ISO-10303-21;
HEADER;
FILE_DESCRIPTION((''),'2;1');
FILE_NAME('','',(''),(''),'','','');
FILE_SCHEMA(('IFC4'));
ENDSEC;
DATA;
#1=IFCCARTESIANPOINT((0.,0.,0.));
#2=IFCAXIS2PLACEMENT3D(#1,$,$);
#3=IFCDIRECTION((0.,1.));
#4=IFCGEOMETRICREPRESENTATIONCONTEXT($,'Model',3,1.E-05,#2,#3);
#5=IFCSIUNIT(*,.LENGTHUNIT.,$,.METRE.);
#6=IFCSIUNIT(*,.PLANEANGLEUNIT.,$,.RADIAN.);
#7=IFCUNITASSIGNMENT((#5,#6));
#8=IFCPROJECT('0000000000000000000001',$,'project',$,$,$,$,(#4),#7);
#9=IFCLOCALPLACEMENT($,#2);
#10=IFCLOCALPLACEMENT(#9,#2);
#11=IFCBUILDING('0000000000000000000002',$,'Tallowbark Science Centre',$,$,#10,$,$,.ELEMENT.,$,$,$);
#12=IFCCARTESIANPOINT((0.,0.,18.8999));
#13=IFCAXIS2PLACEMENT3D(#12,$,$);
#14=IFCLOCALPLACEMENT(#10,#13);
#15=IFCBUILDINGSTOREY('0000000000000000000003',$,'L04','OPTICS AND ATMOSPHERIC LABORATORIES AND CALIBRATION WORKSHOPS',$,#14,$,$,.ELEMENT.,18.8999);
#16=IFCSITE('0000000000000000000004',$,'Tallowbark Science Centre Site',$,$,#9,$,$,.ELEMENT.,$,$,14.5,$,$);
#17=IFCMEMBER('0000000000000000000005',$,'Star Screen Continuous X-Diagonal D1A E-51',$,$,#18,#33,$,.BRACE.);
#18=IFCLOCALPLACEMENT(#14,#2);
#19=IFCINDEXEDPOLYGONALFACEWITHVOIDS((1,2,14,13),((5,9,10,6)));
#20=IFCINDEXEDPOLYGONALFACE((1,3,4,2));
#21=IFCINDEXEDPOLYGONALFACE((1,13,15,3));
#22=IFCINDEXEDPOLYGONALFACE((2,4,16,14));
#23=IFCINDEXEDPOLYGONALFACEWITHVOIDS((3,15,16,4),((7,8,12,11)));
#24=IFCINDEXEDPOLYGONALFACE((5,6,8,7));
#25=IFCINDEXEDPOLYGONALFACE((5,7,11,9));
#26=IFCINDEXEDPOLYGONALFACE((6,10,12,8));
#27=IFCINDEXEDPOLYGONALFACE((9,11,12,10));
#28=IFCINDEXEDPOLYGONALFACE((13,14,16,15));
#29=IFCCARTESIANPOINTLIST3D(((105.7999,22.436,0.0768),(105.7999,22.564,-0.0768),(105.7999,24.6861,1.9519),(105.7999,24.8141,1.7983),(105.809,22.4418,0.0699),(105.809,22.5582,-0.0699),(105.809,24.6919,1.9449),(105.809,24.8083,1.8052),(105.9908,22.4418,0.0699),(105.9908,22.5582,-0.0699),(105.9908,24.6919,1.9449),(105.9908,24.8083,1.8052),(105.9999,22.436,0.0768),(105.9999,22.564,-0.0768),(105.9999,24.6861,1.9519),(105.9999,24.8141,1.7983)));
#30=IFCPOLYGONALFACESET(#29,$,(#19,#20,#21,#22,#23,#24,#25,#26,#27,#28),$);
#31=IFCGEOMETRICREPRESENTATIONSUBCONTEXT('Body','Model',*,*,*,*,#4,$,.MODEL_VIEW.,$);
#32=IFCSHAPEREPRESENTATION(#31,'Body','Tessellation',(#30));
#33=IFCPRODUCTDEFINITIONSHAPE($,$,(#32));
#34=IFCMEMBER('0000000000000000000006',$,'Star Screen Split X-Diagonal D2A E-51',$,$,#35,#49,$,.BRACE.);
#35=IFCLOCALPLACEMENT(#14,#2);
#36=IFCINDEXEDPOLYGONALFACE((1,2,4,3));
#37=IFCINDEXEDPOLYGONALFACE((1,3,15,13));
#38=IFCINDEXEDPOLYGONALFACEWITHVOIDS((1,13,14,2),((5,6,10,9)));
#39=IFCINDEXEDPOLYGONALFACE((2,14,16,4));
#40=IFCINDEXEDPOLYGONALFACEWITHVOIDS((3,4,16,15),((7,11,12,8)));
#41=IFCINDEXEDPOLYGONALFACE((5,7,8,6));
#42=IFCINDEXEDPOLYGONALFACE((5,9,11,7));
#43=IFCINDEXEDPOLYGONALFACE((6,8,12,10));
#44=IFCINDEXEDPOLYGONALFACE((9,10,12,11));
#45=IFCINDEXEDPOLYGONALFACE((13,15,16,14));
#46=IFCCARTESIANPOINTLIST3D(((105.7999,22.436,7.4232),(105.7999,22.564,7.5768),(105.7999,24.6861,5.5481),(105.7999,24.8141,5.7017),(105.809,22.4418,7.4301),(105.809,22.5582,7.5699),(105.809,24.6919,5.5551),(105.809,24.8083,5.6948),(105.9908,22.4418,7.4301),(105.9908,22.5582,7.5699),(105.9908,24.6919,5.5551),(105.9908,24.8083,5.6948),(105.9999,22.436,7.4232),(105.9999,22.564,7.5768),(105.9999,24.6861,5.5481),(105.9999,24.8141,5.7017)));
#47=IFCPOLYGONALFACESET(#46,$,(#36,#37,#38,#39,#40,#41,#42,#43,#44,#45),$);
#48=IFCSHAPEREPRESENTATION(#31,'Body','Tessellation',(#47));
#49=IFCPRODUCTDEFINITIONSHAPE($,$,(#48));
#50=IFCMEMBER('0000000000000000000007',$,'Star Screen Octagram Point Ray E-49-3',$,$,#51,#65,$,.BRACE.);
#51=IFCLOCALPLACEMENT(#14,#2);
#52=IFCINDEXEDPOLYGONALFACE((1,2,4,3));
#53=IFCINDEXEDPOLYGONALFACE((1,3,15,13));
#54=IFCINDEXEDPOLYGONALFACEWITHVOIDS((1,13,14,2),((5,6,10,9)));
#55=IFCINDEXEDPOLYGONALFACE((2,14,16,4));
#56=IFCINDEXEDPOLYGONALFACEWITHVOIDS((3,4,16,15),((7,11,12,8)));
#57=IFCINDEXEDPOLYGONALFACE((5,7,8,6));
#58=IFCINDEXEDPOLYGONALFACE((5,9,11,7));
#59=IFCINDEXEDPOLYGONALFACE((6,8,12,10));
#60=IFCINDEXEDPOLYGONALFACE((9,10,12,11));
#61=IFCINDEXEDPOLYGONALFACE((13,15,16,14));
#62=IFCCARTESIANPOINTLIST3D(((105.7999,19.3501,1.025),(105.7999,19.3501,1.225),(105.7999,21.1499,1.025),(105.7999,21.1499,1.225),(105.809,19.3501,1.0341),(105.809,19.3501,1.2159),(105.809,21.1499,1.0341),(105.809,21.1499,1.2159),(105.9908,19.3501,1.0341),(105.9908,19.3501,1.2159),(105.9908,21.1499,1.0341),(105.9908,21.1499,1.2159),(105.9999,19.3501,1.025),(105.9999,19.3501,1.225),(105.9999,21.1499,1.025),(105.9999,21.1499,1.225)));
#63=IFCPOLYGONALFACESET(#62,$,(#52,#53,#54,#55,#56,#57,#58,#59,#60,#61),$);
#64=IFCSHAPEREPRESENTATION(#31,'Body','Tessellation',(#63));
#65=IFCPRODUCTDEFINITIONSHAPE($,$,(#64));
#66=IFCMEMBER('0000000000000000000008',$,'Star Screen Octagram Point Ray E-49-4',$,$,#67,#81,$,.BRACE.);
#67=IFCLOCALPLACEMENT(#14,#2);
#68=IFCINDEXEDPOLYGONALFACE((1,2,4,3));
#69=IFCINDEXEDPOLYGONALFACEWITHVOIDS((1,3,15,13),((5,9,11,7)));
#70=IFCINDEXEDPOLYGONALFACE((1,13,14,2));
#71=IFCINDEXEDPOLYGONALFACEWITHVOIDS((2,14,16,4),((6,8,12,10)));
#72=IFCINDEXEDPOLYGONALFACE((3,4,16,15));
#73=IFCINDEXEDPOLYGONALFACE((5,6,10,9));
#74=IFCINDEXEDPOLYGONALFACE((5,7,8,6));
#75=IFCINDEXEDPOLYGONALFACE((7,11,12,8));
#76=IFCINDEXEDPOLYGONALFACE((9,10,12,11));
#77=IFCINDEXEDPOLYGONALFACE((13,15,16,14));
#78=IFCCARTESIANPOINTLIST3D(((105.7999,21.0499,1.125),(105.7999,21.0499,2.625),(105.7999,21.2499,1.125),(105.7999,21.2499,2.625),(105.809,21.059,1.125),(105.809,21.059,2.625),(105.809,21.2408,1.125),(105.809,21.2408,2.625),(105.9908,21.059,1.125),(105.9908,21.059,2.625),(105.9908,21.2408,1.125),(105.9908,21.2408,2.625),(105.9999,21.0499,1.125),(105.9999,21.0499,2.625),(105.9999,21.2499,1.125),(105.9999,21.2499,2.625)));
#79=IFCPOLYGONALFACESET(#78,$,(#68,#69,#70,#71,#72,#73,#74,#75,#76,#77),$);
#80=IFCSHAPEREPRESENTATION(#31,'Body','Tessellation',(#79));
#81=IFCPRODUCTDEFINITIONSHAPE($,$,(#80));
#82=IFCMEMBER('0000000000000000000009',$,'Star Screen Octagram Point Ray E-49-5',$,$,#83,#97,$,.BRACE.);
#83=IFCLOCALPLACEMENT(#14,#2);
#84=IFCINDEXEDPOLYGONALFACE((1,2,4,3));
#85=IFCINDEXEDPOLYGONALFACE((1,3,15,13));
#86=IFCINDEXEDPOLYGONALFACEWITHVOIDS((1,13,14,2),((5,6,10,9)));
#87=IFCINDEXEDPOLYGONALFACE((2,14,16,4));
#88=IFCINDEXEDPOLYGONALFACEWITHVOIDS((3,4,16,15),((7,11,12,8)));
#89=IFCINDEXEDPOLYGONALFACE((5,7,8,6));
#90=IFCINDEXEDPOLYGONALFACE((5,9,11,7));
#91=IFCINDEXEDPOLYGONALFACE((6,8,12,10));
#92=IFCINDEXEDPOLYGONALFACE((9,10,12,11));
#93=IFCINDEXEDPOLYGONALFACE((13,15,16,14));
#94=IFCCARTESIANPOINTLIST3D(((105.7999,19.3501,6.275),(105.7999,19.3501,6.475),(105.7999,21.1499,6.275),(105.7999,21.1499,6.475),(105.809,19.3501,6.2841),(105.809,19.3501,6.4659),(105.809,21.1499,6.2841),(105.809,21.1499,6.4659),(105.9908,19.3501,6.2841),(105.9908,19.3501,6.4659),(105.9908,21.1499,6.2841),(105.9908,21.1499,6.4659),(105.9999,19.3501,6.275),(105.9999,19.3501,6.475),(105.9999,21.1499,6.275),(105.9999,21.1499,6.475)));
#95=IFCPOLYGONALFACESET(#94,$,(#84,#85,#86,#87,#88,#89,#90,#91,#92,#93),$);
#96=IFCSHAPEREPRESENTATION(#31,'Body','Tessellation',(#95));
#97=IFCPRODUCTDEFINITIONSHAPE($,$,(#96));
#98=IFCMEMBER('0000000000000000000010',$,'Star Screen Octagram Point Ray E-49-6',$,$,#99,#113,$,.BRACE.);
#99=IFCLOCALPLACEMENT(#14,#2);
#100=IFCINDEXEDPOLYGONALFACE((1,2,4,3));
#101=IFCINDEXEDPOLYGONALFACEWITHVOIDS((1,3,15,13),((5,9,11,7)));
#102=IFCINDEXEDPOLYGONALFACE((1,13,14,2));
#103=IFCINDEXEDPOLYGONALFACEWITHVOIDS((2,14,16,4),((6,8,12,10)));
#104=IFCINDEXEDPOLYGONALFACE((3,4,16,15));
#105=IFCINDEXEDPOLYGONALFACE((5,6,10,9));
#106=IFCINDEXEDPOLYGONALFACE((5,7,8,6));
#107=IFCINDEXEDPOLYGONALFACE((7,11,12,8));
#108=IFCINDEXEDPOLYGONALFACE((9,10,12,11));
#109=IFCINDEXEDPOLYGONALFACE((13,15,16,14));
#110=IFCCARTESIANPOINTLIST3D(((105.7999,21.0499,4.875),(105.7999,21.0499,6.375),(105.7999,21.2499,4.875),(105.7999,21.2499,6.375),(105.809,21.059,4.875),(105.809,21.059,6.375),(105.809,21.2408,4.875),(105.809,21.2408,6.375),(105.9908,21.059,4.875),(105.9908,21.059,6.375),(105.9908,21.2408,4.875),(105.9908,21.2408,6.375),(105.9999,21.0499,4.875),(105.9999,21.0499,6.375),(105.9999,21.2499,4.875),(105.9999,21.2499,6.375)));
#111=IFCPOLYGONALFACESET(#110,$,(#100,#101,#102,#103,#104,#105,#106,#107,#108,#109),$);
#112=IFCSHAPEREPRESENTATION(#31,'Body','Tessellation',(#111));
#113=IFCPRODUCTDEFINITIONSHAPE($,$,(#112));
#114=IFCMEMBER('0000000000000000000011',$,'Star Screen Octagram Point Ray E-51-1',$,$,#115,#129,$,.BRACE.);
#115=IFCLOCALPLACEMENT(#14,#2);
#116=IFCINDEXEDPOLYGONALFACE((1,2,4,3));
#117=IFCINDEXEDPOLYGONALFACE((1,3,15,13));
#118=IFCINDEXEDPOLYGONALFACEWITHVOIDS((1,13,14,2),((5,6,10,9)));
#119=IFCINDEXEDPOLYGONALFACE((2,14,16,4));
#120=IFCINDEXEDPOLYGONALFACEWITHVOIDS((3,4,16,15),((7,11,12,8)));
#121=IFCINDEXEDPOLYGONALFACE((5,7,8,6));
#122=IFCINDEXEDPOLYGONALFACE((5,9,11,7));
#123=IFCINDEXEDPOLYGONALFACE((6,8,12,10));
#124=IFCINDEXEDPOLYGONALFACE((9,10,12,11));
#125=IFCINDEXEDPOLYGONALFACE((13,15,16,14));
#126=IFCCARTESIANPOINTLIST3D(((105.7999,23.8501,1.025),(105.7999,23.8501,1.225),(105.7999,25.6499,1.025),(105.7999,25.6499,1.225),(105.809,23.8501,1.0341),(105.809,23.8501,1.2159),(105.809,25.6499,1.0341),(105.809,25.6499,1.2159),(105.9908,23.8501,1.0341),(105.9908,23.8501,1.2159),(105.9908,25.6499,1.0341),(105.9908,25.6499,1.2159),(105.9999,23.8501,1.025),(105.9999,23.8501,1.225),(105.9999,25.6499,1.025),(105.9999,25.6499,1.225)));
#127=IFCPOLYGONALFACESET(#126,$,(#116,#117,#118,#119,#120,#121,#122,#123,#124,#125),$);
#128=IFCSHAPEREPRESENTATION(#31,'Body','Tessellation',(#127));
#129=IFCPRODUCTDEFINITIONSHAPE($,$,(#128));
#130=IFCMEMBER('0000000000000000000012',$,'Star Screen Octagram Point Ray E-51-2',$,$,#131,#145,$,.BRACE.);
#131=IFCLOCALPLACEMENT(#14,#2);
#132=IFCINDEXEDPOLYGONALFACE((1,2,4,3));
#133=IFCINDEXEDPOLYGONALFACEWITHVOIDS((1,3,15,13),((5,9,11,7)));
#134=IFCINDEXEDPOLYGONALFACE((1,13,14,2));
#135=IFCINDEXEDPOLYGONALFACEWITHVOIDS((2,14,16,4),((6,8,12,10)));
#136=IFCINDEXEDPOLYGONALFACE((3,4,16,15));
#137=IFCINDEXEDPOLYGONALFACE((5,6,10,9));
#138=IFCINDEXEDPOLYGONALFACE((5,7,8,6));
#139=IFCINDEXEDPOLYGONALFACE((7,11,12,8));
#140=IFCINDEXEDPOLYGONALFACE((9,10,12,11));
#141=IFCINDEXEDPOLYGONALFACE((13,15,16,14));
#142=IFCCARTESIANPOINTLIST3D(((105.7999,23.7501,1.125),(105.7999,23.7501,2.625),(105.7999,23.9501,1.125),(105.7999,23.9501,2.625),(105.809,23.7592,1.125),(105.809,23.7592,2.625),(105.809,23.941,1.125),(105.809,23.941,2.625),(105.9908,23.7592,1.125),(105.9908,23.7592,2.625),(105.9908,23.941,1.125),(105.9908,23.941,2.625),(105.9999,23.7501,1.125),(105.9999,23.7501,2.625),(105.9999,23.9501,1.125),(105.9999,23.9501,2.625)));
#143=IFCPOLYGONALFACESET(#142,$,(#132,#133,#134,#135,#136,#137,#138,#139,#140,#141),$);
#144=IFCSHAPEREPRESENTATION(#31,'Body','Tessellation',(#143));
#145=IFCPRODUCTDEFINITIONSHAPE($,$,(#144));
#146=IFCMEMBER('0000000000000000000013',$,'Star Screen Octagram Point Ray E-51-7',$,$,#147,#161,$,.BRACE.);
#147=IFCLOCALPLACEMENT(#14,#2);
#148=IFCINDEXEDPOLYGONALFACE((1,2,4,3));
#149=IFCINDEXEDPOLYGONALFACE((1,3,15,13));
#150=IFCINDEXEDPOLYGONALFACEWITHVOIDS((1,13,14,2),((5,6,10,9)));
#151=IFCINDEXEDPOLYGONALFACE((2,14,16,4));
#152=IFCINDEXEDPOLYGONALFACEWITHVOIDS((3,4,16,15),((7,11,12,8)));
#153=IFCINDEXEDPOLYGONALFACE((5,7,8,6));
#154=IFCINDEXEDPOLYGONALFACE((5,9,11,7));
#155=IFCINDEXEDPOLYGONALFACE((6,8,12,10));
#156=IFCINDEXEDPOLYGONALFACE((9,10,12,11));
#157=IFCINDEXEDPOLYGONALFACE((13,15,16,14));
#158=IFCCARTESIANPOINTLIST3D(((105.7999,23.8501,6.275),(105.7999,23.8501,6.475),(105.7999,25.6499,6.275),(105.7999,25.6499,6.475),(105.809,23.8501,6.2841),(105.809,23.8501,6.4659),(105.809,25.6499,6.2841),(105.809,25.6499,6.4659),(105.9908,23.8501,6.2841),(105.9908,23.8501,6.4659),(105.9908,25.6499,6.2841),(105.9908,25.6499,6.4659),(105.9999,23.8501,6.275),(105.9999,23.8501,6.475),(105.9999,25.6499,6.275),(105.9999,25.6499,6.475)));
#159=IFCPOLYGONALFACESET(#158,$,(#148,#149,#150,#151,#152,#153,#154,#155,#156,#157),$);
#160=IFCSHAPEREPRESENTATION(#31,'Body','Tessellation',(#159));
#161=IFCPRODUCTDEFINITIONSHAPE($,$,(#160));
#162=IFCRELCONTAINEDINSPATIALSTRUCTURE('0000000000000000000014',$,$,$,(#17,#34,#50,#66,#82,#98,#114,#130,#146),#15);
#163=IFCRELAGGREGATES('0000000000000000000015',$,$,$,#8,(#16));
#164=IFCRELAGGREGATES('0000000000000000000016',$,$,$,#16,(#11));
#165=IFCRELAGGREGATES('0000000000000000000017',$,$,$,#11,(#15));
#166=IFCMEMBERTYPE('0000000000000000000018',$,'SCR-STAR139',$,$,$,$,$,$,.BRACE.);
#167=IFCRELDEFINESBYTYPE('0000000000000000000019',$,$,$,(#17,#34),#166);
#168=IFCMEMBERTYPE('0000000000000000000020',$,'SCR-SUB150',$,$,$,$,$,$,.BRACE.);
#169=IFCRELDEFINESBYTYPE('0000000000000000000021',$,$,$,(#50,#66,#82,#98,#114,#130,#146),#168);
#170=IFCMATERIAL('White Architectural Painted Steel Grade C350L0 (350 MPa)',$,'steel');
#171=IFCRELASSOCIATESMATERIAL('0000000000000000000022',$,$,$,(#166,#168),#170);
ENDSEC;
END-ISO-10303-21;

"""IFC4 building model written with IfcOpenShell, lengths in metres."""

from ifc_helpers import new_model, si_unit, direction, frame, origin, origin_2d, place, context, subcontext, project, spatial, hollow_rectangle, extrude, material, material_profile, profile_set, type_object, element, save


model = new_model("IFC4")

# Units and contexts
model_context = context("Model", 3, precision=1e-05, world=origin(), true_north=direction((0.0, 1.0)))
body_context = subcontext(model_context, "Body", "Model", "MODEL_VIEW")
ifc_project = project(units=[si_unit("LENGTHUNIT", "METRE"), si_unit("PLANEANGLEUNIT", "RADIAN")], contexts=[model_context])

# Site, building, storey
site_placement = place(None, origin())
site = spatial("IfcSite", under=ifc_project, at=site_placement, Name="Tallowbark Science Centre Site", CompositionType="ELEMENT", RefElevation=14.5)
building_placement = place(site_placement, origin())
building = spatial("IfcBuilding", under=site, at=building_placement, Name="Tallowbark Science Centre", CompositionType="ELEMENT")
storey_placement = place(building_placement, frame((0.0, 0.0, 18.8999)))
storey = spatial("IfcBuildingStorey", under=building, at=storey_placement, Name="L04", Description="OPTICS AND ATMOSPHERIC LABORATORIES AND CALIBRATION WORKSHOPS", CompositionType="ELEMENT", Elevation=18.8999)

# Shared definitions
ifc_material_1 = material(Name="White Architectural Painted Steel Grade C350L0 (350 MPa)", Category="steel")

# Members
ifc_material_profile_1 = material_profile(ifc_material_1, hollow_rectangle(XDim=0.2, YDim=0.2, WallThickness=0.009, at=origin_2d()), Name="200x200x9.0SHS")
ifc_profile_set_1 = profile_set([ifc_material_profile_1], Name="White Architectural Painted Steel Grade C350L0 (350 MPa)")
member_type_1 = type_object("IfcMemberType", Name="SCR-STAR139", PredefinedType="BRACE", material=ifc_profile_set_1)
for number, where, z_axis, x_axis, name in (
    (1, (105.8999, 22.5, 0.0), (0.0, 0.768221, 0.640184), (-1.0, 0.0, 0.0), "Star Screen Continuous X-Diagonal D1A E-51"),
    (2, (105.8999, 22.5, 7.5), (0.0, 0.768221, -0.640184), (-1.0, 0.0, 0.0), "Star Screen Split X-Diagonal D2A E-51"),
):
    element("IfcMember", number, at=place(storey_placement, frame(where, z_axis=z_axis, x_axis=x_axis)), inside=storey, type_object=member_type_1, Name=name, PredefinedType="BRACE", context=body_context, shape_type="SweptSolid", body=[
        extrude(hollow_rectangle(XDim=0.2, YDim=0.2, WallThickness=0.009, at=origin_2d()), origin(), (0.0, 0.0, 1.0), 2.929),
    ])
ifc_material_profile_2 = material_profile(ifc_material_1, hollow_rectangle(XDim=0.2, YDim=0.2, WallThickness=0.009, at=origin_2d()), Name="200x200x9.0SHS")
ifc_profile_set_2 = profile_set([ifc_material_profile_2], Name="White Architectural Painted Steel Grade C350L0 (350 MPa)")
member_type_2 = type_object("IfcMemberType", Name="SCR-SUB150", PredefinedType="BRACE", material=ifc_profile_set_2)
member_1_placement = place(storey_placement, frame((105.8999, 21.1499, 1.125), z_axis=(0.0, -1.0, 0.0), x_axis=(1.0, 0.0, 0.0)))
element("IfcMember", 3, at=member_1_placement, inside=storey, type_object=member_type_2, Name="Star Screen Octagram Point Ray E-49-3", PredefinedType="BRACE", context=body_context, shape_type="SweptSolid", body=[
    extrude(hollow_rectangle(XDim=0.2, YDim=0.2, WallThickness=0.009, at=origin_2d()), origin(), (0.0, 0.0, 1.0), 1.7998),
])
member_2_placement = place(storey_placement, frame((105.8999, 21.1499, 1.125), z_axis=(0.0, 0.0, 1.0), x_axis=(1.0, 0.0, 0.0)))
element("IfcMember", 4, at=member_2_placement, inside=storey, type_object=member_type_2, Name="Star Screen Octagram Point Ray E-49-4", PredefinedType="BRACE", context=body_context, shape_type="SweptSolid", body=[
    extrude(hollow_rectangle(XDim=0.2, YDim=0.2, WallThickness=0.009, at=origin_2d()), origin(), (0.0, 0.0, 1.0), 1.5),
])
member_3_placement = place(storey_placement, frame((105.8999, 21.1499, 6.375), z_axis=(0.0, -1.0, 0.0), x_axis=(1.0, 0.0, 0.0)))
element("IfcMember", 5, at=member_3_placement, inside=storey, type_object=member_type_2, Name="Star Screen Octagram Point Ray E-49-5", PredefinedType="BRACE", context=body_context, shape_type="SweptSolid", body=[
    extrude(hollow_rectangle(XDim=0.2, YDim=0.2, WallThickness=0.009, at=origin_2d()), origin(), (0.0, 0.0, 1.0), 1.7998),
])
member_4_placement = place(storey_placement, frame((105.8999, 21.1499, 6.375), z_axis=(0.0, 0.0, -1.0), x_axis=(1.0, 0.0, 0.0)))
element("IfcMember", 6, at=member_4_placement, inside=storey, type_object=member_type_2, Name="Star Screen Octagram Point Ray E-49-6", PredefinedType="BRACE", context=body_context, shape_type="SweptSolid", body=[
    extrude(hollow_rectangle(XDim=0.2, YDim=0.2, WallThickness=0.009, at=origin_2d()), origin(), (0.0, 0.0, 1.0), 1.5),
])
member_5_placement = place(storey_placement, frame((105.8999, 23.8501, 1.125), z_axis=(0.0, 1.0, 0.0), x_axis=(-1.0, 0.0, 0.0)))
element("IfcMember", 7, at=member_5_placement, inside=storey, type_object=member_type_2, Name="Star Screen Octagram Point Ray E-51-1", PredefinedType="BRACE", context=body_context, shape_type="SweptSolid", body=[
    extrude(hollow_rectangle(XDim=0.2, YDim=0.2, WallThickness=0.009, at=origin_2d()), origin(), (0.0, 0.0, 1.0), 1.7998),
])
member_6_placement = place(storey_placement, frame((105.8999, 23.8501, 1.125), z_axis=(0.0, 0.0, 1.0), x_axis=(1.0, 0.0, 0.0)))
element("IfcMember", 8, at=member_6_placement, inside=storey, type_object=member_type_2, Name="Star Screen Octagram Point Ray E-51-2", PredefinedType="BRACE", context=body_context, shape_type="SweptSolid", body=[
    extrude(hollow_rectangle(XDim=0.2, YDim=0.2, WallThickness=0.009, at=origin_2d()), origin(), (0.0, 0.0, 1.0), 1.5),
])
member_7_placement = place(storey_placement, frame((105.8999, 23.8501, 6.375), z_axis=(0.0, 1.0, 0.0), x_axis=(-1.0, 0.0, 0.0)))
element("IfcMember", 9, at=member_7_placement, inside=storey, type_object=member_type_2, Name="Star Screen Octagram Point Ray E-51-7", PredefinedType="BRACE", context=body_context, shape_type="SweptSolid", body=[
    extrude(hollow_rectangle(XDim=0.2, YDim=0.2, WallThickness=0.009, at=origin_2d()), origin(), (0.0, 0.0, 1.0), 1.7998),
])

save(model, "model.ifc")
